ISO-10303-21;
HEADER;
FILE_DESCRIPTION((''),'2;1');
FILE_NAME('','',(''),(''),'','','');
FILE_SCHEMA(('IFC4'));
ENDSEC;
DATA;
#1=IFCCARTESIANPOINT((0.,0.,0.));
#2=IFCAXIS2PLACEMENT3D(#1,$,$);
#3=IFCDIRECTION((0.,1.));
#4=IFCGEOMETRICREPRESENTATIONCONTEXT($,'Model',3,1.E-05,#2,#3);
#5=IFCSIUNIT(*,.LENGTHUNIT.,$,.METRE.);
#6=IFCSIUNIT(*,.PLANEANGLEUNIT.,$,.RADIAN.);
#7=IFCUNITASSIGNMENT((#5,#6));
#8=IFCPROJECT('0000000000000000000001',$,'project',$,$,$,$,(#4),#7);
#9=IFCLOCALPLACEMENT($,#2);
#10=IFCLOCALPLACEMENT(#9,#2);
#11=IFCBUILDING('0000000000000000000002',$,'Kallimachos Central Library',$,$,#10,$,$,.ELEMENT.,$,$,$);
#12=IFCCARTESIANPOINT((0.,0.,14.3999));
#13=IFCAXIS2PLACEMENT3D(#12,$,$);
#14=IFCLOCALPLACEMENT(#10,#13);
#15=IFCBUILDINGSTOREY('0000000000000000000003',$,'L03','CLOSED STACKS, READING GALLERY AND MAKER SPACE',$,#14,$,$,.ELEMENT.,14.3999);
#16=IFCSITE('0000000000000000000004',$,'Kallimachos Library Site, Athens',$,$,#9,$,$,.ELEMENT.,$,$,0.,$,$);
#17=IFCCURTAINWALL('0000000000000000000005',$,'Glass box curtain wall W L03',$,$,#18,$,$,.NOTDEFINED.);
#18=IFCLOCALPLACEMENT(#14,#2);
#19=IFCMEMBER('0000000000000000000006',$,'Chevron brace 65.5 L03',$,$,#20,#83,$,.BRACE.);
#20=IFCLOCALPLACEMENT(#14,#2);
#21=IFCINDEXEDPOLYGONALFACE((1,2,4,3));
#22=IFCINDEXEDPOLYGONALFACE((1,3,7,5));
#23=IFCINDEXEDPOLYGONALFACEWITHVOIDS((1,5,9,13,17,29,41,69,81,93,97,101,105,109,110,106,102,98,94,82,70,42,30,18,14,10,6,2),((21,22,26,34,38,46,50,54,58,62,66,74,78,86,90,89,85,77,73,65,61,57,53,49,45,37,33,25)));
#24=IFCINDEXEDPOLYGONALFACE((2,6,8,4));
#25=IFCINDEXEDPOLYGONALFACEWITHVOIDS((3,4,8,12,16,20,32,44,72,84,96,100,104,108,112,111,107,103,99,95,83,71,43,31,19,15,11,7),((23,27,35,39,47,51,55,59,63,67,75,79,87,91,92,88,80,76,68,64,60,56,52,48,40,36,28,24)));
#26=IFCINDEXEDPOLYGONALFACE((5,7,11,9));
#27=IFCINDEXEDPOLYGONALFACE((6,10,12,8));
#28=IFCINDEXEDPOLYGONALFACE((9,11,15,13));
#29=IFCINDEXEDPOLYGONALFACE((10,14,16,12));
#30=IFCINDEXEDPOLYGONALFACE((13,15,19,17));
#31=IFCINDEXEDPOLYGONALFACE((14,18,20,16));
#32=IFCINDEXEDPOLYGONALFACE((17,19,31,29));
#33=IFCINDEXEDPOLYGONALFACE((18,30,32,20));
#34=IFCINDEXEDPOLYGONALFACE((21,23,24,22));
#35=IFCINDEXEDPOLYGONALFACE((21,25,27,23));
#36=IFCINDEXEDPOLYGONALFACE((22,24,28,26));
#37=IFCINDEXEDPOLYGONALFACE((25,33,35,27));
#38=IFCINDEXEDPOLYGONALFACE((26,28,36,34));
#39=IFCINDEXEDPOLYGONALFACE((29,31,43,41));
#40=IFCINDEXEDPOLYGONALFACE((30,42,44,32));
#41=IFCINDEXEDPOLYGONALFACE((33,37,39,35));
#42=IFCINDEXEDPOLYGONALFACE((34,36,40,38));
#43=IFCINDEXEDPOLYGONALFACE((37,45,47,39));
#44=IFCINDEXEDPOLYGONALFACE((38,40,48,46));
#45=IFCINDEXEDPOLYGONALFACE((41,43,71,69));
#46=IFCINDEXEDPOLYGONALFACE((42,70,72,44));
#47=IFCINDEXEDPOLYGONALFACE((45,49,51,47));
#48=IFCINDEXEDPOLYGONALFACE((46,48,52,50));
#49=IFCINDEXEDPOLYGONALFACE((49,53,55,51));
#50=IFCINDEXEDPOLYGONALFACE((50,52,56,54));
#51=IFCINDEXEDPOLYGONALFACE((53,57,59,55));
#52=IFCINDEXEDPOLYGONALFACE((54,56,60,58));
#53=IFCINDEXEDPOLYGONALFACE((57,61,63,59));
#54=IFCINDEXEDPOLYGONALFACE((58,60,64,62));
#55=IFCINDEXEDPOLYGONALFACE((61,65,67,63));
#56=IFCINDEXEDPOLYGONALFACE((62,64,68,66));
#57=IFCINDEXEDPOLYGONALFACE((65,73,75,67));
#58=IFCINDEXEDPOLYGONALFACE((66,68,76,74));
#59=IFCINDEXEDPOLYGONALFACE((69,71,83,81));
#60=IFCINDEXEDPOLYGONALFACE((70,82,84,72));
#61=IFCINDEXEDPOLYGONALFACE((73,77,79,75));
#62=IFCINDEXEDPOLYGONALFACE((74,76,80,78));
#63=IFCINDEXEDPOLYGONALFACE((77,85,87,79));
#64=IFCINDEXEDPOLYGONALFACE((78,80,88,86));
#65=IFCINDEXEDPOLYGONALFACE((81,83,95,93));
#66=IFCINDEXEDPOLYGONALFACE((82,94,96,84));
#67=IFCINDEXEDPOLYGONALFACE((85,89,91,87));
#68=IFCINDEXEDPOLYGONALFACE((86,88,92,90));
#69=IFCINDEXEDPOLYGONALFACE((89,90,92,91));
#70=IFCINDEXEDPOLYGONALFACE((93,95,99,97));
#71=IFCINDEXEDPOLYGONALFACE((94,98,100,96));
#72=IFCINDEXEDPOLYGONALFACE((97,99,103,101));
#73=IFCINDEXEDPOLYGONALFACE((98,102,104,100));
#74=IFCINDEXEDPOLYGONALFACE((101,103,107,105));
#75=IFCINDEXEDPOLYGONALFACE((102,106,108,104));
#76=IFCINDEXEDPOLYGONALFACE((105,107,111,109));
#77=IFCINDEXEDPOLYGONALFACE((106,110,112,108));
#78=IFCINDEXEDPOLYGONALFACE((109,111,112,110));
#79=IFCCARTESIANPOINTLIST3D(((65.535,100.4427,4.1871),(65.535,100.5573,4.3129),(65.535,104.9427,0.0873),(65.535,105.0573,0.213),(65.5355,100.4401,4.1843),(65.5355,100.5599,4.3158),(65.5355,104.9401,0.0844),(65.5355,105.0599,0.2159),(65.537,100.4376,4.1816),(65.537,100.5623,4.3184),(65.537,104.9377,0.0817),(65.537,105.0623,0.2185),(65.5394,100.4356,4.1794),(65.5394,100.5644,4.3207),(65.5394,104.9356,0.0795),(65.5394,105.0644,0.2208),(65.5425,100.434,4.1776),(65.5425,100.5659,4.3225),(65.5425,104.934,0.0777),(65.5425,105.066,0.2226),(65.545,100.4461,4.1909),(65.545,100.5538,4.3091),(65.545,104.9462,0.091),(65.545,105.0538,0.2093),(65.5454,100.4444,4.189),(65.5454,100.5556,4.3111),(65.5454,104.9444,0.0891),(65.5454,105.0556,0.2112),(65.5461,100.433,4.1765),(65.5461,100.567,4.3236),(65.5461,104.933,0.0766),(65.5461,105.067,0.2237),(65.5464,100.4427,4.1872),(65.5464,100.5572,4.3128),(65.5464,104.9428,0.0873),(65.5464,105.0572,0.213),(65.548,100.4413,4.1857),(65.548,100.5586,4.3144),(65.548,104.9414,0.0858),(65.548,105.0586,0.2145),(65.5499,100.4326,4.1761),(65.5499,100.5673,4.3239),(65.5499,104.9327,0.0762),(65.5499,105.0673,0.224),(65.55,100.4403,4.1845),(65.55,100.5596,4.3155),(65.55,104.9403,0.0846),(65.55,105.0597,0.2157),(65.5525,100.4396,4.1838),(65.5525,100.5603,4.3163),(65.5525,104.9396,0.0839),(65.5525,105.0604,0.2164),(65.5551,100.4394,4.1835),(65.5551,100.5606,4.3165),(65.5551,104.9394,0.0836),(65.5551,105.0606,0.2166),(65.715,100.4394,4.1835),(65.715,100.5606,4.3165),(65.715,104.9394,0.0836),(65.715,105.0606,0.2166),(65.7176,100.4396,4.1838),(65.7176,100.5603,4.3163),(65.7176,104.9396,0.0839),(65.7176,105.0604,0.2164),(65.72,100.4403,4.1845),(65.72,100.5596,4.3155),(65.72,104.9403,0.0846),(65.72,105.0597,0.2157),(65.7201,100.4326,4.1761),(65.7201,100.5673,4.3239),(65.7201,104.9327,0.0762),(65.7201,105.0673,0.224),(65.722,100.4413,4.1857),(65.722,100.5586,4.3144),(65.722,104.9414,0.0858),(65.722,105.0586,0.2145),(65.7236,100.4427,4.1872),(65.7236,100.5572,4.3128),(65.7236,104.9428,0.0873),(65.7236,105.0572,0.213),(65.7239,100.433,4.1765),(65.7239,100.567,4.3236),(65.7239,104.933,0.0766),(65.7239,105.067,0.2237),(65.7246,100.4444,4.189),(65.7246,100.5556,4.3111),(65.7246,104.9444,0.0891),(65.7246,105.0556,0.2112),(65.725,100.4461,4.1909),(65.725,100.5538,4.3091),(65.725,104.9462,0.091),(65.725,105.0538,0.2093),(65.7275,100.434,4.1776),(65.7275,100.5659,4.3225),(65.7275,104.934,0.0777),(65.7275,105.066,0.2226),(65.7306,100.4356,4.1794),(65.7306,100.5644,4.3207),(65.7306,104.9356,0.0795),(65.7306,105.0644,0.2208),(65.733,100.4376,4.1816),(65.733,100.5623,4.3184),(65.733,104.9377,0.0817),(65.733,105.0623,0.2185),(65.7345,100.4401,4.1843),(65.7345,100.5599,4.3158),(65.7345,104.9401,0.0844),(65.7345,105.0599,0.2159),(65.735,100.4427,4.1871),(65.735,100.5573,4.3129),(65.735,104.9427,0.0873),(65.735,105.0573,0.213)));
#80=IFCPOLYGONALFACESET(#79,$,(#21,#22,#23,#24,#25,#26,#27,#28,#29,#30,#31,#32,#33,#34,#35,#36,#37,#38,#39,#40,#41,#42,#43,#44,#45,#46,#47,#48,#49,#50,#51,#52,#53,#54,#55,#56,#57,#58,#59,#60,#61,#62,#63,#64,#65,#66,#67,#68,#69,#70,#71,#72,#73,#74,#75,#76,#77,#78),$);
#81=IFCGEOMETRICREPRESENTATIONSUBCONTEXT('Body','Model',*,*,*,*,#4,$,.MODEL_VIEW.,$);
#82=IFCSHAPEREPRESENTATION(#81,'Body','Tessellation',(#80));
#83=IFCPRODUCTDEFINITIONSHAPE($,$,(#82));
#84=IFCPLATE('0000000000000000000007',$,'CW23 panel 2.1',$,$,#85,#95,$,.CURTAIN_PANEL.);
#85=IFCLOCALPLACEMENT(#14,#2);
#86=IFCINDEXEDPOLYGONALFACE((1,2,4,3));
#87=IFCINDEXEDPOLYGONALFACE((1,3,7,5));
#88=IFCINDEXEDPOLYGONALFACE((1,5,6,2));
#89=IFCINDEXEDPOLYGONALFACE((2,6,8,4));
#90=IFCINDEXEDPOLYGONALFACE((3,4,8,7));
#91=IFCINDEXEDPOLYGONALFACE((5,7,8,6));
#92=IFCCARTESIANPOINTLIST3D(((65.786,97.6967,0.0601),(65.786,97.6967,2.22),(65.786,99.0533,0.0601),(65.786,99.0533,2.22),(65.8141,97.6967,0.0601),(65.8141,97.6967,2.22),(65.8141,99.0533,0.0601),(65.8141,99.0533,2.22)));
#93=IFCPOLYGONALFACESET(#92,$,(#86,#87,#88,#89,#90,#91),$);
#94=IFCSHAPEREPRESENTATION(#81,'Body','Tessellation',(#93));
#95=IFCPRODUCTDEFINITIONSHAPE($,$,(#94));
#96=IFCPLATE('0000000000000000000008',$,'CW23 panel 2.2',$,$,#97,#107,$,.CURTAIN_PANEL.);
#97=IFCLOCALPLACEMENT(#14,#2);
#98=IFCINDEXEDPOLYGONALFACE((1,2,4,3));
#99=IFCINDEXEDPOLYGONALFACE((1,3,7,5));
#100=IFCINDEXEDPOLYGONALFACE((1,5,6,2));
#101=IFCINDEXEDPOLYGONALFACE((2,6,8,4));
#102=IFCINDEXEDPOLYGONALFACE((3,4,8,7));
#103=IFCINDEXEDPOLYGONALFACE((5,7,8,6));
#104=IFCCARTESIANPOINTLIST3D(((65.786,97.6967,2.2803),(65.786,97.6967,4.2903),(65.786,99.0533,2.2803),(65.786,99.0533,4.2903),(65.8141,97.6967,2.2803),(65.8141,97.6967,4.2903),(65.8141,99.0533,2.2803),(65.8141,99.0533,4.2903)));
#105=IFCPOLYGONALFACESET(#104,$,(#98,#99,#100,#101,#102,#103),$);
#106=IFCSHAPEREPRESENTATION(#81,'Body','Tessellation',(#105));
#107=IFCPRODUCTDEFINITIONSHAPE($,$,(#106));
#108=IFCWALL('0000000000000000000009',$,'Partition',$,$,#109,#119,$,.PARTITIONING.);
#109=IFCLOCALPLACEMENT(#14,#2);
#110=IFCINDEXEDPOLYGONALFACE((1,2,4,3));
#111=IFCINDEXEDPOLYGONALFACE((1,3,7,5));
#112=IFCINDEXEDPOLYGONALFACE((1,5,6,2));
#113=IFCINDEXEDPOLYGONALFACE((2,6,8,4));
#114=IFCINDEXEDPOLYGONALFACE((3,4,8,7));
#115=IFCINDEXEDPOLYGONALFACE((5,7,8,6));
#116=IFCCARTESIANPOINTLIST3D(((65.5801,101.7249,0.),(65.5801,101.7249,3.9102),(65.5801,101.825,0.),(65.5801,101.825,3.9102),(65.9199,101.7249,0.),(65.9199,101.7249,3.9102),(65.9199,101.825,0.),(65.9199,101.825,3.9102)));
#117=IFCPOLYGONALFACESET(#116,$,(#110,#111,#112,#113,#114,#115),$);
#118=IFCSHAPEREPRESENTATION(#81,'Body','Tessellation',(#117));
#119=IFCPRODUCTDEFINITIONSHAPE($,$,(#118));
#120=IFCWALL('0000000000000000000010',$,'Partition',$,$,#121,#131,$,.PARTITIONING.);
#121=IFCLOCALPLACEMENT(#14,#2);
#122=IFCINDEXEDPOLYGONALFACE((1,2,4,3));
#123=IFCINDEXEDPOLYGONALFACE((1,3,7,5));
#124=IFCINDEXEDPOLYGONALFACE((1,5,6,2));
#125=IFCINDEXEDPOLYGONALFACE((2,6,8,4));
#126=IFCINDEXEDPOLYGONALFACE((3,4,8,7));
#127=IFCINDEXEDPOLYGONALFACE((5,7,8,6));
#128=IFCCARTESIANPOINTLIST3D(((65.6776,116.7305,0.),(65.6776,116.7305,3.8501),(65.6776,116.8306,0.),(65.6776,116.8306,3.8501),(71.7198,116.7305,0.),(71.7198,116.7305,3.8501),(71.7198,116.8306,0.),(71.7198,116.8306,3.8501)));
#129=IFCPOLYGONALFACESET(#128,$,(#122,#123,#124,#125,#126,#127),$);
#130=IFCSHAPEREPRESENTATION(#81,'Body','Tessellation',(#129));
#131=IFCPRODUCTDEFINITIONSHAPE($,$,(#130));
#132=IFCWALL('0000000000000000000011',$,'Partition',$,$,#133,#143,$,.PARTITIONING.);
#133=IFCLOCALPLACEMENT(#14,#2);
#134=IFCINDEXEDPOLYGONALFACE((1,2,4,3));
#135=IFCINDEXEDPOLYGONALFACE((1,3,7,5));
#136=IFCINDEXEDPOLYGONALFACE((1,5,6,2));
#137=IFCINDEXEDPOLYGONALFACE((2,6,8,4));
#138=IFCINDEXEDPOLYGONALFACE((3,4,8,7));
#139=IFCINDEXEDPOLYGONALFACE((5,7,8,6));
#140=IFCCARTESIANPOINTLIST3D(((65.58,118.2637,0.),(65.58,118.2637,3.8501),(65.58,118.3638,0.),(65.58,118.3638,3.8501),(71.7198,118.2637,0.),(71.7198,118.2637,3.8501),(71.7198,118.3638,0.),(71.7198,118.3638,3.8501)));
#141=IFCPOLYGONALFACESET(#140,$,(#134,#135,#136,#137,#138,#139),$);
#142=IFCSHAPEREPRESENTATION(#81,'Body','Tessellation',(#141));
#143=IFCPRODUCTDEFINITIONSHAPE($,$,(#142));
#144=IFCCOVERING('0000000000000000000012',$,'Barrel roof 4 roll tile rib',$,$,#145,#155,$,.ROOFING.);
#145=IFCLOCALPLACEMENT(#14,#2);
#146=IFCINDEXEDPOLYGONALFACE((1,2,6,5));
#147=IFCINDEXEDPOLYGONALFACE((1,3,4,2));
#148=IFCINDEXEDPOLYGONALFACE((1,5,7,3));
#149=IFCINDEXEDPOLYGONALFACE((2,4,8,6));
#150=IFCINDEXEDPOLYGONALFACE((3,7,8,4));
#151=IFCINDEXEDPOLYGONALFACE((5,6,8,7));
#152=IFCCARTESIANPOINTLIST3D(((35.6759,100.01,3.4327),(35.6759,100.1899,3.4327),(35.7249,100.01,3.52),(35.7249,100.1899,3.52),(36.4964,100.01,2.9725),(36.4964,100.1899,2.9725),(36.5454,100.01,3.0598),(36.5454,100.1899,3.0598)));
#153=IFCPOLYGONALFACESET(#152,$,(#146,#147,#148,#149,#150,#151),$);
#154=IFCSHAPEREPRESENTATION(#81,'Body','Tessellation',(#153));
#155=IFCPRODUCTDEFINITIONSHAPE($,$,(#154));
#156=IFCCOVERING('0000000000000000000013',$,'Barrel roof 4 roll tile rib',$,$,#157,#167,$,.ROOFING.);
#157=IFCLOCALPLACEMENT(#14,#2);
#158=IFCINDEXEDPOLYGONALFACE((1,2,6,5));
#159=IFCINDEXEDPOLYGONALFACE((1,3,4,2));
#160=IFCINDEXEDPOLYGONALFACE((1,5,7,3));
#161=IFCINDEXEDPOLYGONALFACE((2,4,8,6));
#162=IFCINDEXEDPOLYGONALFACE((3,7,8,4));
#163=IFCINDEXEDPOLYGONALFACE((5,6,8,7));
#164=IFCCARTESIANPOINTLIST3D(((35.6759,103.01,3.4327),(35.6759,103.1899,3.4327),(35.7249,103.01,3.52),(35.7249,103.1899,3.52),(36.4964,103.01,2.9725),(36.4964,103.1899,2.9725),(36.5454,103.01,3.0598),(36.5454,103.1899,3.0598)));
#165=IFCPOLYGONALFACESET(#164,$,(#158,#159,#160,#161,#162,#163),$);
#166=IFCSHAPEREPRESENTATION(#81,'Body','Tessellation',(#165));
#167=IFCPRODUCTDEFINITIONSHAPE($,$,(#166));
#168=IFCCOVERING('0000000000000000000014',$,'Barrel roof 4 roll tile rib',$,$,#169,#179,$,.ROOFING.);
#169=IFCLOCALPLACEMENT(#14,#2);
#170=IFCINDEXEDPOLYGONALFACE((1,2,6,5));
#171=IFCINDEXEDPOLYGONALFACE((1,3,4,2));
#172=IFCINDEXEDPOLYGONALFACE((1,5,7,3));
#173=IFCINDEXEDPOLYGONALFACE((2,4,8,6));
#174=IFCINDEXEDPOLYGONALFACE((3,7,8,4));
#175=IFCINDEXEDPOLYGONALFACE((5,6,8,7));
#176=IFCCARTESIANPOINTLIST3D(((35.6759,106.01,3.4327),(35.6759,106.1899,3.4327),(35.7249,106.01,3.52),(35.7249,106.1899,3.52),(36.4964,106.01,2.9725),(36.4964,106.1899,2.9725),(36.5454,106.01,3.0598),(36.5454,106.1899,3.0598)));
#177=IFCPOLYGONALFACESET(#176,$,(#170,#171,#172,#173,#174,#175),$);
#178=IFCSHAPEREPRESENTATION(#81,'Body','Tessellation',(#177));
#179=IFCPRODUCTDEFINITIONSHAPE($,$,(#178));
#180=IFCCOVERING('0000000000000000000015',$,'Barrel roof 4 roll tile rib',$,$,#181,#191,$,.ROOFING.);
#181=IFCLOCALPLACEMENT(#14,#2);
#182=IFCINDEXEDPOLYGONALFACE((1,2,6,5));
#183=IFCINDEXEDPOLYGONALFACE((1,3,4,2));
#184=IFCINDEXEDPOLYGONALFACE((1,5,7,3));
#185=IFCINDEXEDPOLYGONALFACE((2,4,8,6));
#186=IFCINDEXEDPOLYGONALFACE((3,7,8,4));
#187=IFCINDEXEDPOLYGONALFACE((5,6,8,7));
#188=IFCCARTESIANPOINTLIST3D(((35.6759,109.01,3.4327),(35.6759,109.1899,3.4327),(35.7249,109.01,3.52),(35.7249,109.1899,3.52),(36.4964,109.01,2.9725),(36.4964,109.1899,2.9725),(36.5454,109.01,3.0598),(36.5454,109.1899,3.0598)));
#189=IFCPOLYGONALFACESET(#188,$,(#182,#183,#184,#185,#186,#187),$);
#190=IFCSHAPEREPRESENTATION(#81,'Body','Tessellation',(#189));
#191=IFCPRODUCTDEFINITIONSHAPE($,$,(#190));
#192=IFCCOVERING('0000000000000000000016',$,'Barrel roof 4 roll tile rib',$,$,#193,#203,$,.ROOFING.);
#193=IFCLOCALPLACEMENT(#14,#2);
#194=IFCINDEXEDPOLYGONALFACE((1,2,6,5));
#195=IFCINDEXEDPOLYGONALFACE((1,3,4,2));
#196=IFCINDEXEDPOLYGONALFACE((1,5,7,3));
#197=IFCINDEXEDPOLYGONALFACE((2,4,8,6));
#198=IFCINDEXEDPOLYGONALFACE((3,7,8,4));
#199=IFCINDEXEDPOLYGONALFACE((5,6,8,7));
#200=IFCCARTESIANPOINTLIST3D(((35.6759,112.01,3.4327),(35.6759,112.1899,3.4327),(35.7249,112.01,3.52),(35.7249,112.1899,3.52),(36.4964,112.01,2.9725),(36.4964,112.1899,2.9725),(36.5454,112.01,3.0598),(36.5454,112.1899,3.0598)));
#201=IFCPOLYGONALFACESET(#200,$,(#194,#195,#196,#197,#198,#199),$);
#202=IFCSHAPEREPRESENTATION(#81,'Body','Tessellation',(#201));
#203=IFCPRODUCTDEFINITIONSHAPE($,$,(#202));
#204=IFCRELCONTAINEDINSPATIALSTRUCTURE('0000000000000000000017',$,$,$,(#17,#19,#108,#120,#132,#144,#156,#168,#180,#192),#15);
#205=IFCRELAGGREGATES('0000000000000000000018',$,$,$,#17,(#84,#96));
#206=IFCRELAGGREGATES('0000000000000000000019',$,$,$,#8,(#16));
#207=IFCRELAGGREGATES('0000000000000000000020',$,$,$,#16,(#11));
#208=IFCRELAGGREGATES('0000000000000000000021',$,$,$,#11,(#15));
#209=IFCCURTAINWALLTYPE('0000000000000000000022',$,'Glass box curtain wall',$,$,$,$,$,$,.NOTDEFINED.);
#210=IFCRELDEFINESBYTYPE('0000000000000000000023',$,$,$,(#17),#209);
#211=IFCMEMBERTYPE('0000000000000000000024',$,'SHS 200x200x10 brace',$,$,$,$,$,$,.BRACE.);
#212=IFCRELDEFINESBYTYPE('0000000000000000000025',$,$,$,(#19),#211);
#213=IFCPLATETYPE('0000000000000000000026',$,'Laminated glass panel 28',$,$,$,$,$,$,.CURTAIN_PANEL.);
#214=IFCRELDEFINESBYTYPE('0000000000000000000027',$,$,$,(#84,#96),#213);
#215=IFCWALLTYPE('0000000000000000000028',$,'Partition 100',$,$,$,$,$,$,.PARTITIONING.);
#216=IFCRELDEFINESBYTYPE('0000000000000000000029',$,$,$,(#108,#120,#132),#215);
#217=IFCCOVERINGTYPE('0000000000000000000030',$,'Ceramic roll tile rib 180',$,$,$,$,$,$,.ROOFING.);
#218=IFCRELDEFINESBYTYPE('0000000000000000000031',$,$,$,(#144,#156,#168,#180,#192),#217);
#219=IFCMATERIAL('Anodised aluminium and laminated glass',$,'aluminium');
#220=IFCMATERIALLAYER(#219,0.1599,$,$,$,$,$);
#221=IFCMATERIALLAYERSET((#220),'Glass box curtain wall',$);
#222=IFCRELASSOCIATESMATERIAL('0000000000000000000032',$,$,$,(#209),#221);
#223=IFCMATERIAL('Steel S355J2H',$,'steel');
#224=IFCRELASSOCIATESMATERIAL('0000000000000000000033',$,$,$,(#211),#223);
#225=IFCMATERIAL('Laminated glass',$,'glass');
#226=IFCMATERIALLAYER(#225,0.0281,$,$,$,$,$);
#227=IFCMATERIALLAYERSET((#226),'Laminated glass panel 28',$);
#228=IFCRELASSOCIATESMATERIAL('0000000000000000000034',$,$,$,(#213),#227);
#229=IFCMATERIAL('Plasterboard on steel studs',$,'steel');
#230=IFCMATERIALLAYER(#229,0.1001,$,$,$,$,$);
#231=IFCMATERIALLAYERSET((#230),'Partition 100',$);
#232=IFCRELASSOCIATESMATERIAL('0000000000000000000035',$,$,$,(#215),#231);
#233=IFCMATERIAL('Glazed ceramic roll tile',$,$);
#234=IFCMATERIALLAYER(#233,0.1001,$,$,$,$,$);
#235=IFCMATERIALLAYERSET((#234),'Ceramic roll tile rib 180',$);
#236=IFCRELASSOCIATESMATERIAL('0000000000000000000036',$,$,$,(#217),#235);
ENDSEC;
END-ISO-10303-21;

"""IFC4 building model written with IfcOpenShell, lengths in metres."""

from ifc_helpers import new_model, si_unit, direction, frame, frame_2d, origin, origin_2d, place, context, subcontext, project, spatial, polyline, rectangle, hollow_rectangle, outline, extrude, material, layer, layer_set, material_profile, profile_set, type_object, element, aggregate, save


model = new_model("IFC4")

# Units and contexts
model_context = context("Model", 3, precision=1e-05, world=origin(), true_north=direction((0.0, 1.0)))
body_context = subcontext(model_context, "Body", "Model", "MODEL_VIEW")
ifc_project = project(units=[si_unit("LENGTHUNIT", "METRE"), si_unit("PLANEANGLEUNIT", "RADIAN")], contexts=[model_context])

# Site, building, storey
site_placement = place(None, origin())
site = spatial("IfcSite", under=ifc_project, at=site_placement, Name="Kallimachos Library Site, Athens", CompositionType="ELEMENT", RefElevation=0.0)
building_placement = place(site_placement, origin())
building = spatial("IfcBuilding", under=site, at=building_placement, Name="Kallimachos Central Library", CompositionType="ELEMENT")
storey_placement = place(building_placement, frame((0.0, 0.0, 14.3999)))
storey = spatial("IfcBuildingStorey", under=building, at=storey_placement, Name="L03", Description="CLOSED STACKS, READING GALLERY AND MAKER SPACE", CompositionType="ELEMENT", Elevation=14.3999)

# Curtain wall
ifc_material_1 = material(Name="Anodised aluminium and laminated glass", Category="aluminium")
ifc_layer_1 = layer(ifc_material_1, 0.1599)
ifc_layer_set_1 = layer_set([ifc_layer_1], Name="Glass box curtain wall")
curtain_wall_type = type_object("IfcCurtainWallType", Name="Glass box curtain wall", PredefinedType="NOTDEFINED", material=ifc_layer_set_1)
curtain_wall_placement = place(storey_placement, origin())
curtain_wall = element("IfcCurtainWall", 1, at=curtain_wall_placement, inside=storey, type_object=curtain_wall_type, Name="Glass box curtain wall W L03", PredefinedType="NOTDEFINED")

# Member
ifc_material_2 = material(Name="Steel S355J2H", Category="steel")
ifc_material_profile_1 = material_profile(ifc_material_2, hollow_rectangle(XDim=0.2, YDim=0.2, WallThickness=0.01, InnerFilletRadius=0.01, OuterFilletRadius=0.0149, at=origin_2d()), Name="SHS 200x200x10")
ifc_profile_set_1 = profile_set([ifc_material_profile_1], Name="Steel S355J2H")
member_type_1 = type_object("IfcMemberType", Name="SHS 200x200x10 brace", PredefinedType="BRACE", material=ifc_profile_set_1)
member_1_placement = place(storey_placement, frame((65.635, 105.0, 0.1501), z_axis=(0.0, -0.739208, 0.673477), x_axis=(1.0, 0.0, 0.0)))
element("IfcMember", 2, at=member_1_placement, inside=storey, type_object=member_type_1, Name="Chevron brace 65.5 L03", PredefinedType="BRACE", context=body_context, shape_type="SweptSolid", body=[
    extrude(hollow_rectangle(XDim=0.2, YDim=0.2, WallThickness=0.01, InnerFilletRadius=0.01, OuterFilletRadius=0.0149, at=origin_2d()), origin(), (0.0, 0.0, 1.0), 6.0876),
])

# Plates
ifc_material_3 = material(Name="Laminated glass", Category="glass")
ifc_layer_2 = layer(ifc_material_3, 0.0281)
ifc_layer_set_2 = layer_set([ifc_layer_2], Name="Laminated glass panel 28")
plate_type = type_object("IfcPlateType", Name="Laminated glass panel 28", PredefinedType="CURTAIN_PANEL", material=ifc_layer_set_2)
plate_1_placement = place(storey_placement, frame((65.8, 98.375, 0.0601), z_axis=(0.0, 0.0, 1.0), x_axis=(0.0, 1.0, 0.0)))
plate_1 = element("IfcPlate", 3, at=plate_1_placement, type_object=plate_type, Name="CW23 panel 2.1", PredefinedType="CURTAIN_PANEL", context=body_context, shape_type="SweptSolid", body=[
    extrude(rectangle(XDim=1.3567, YDim=0.0281, at=origin_2d()), origin(), (0.0, 0.0, 1.0), 2.1599),
])
plate_2_placement = place(storey_placement, frame((65.8, 98.375, 2.2803), z_axis=(0.0, 0.0, 1.0), x_axis=(0.0, 1.0, 0.0)))
plate_2 = element("IfcPlate", 4, at=plate_2_placement, type_object=plate_type, Name="CW23 panel 2.2", PredefinedType="CURTAIN_PANEL", context=body_context, shape_type="SweptSolid", body=[
    extrude(rectangle(XDim=1.3567, YDim=0.0281, at=origin_2d()), origin(), (0.0, 0.0, 1.0), 2.01),
])
aggregate(curtain_wall, [plate_1, plate_2])

# Walls
ifc_material_4 = material(Name="Plasterboard on steel studs", Category="steel")
ifc_layer_3 = layer(ifc_material_4, 0.1001)
ifc_layer_set_3 = layer_set([ifc_layer_3], Name="Partition 100")
wall_type = type_object("IfcWallType", Name="Partition 100", PredefinedType="PARTITIONING", material=ifc_layer_set_3)
wall_1_placement = place(storey_placement, frame((65.5801, 101.7749, 0.0), z_axis=(0.0, 0.0, 1.0), x_axis=(1.0, 0.0, 0.0)))
element("IfcWall", 5, at=wall_1_placement, inside=storey, type_object=wall_type, Name="Partition", PredefinedType="PARTITIONING", context=body_context, shape_type="SweptSolid", body=[
    extrude(rectangle(XDim=0.3398, YDim=0.1001, at=frame_2d((0.1699, 0.0))), origin(), (0.0, 0.0, 1.0), 3.9102),
])
wall_2_placement = place(storey_placement, frame((65.6777, 116.7805, 0.0), z_axis=(0.0, 0.0, 1.0), x_axis=(1.0, 0.0, 0.0)))
element("IfcWall", 6, at=wall_2_placement, inside=storey, type_object=wall_type, Name="Partition", PredefinedType="PARTITIONING", context=body_context, shape_type="SweptSolid", body=[
    extrude(rectangle(XDim=6.0422, YDim=0.1001, at=frame_2d((3.021, 0.0))), origin(), (0.0, 0.0, 1.0), 3.8501),
])
wall_3_placement = place(storey_placement, frame((65.5801, 118.3137, 0.0), z_axis=(0.0, 0.0, 1.0), x_axis=(1.0, 0.0, 0.0)))
element("IfcWall", 7, at=wall_3_placement, inside=storey, type_object=wall_type, Name="Partition", PredefinedType="PARTITIONING", context=body_context, shape_type="SweptSolid", body=[
    extrude(rectangle(XDim=6.1399, YDim=0.1001, at=frame_2d((3.0698, 0.0))), origin(), (0.0, 0.0, 1.0), 3.8501),
])

# Coverings
ifc_material_5 = material(Name="Glazed ceramic roll tile")
ifc_layer_4 = layer(ifc_material_5, 0.1001)
ifc_layer_set_4 = layer_set([ifc_layer_4], Name="Ceramic roll tile rib 180")
covering_type_1 = type_object("IfcCoveringType", Name="Ceramic roll tile rib 180", PredefinedType="ROOFING", material=ifc_layer_set_4)
for number, where, z_axis, x_axis, name in (
    (8, (35.7249, 100.01, 3.52), (0.489164, 0.0, 0.872192), (0.872192, 0.0, -0.489164), "Barrel roof 4 roll tile rib"),
    (9, (35.7249, 103.01, 3.52), (0.489164, 0.0, 0.872192), (0.872192, 0.0, -0.489164), "Barrel roof 4 roll tile rib"),
    (10, (35.7249, 106.01, 3.52), (0.489164, 0.0, 0.872192), (0.872192, 0.0, -0.489164), "Barrel roof 4 roll tile rib"),
    (11, (35.7249, 109.01, 3.52), (0.489164, 0.0, 0.872192), (0.872192, 0.0, -0.489164), "Barrel roof 4 roll tile rib"),
    (12, (35.7249, 112.01, 3.52), (0.489164, 0.0, 0.872192), (0.872192, 0.0, -0.489164), "Barrel roof 4 roll tile rib"),
):
    element("IfcCovering", number, at=place(storey_placement, frame(where, z_axis=z_axis, x_axis=x_axis)), inside=storey, type_object=covering_type_1, Name=name, PredefinedType="ROOFING", context=body_context, shape_type="SweptSolid", body=[
        extrude(outline(polyline([(0.0, 0.0), (0.9408, 0.0), (0.9408, 0.1799), (0.0, 0.1799), (0.0, 0.0)])), origin(), (0.0, 0.0, -1.0), 0.1001),
    ])

save(model, "model.ifc")
